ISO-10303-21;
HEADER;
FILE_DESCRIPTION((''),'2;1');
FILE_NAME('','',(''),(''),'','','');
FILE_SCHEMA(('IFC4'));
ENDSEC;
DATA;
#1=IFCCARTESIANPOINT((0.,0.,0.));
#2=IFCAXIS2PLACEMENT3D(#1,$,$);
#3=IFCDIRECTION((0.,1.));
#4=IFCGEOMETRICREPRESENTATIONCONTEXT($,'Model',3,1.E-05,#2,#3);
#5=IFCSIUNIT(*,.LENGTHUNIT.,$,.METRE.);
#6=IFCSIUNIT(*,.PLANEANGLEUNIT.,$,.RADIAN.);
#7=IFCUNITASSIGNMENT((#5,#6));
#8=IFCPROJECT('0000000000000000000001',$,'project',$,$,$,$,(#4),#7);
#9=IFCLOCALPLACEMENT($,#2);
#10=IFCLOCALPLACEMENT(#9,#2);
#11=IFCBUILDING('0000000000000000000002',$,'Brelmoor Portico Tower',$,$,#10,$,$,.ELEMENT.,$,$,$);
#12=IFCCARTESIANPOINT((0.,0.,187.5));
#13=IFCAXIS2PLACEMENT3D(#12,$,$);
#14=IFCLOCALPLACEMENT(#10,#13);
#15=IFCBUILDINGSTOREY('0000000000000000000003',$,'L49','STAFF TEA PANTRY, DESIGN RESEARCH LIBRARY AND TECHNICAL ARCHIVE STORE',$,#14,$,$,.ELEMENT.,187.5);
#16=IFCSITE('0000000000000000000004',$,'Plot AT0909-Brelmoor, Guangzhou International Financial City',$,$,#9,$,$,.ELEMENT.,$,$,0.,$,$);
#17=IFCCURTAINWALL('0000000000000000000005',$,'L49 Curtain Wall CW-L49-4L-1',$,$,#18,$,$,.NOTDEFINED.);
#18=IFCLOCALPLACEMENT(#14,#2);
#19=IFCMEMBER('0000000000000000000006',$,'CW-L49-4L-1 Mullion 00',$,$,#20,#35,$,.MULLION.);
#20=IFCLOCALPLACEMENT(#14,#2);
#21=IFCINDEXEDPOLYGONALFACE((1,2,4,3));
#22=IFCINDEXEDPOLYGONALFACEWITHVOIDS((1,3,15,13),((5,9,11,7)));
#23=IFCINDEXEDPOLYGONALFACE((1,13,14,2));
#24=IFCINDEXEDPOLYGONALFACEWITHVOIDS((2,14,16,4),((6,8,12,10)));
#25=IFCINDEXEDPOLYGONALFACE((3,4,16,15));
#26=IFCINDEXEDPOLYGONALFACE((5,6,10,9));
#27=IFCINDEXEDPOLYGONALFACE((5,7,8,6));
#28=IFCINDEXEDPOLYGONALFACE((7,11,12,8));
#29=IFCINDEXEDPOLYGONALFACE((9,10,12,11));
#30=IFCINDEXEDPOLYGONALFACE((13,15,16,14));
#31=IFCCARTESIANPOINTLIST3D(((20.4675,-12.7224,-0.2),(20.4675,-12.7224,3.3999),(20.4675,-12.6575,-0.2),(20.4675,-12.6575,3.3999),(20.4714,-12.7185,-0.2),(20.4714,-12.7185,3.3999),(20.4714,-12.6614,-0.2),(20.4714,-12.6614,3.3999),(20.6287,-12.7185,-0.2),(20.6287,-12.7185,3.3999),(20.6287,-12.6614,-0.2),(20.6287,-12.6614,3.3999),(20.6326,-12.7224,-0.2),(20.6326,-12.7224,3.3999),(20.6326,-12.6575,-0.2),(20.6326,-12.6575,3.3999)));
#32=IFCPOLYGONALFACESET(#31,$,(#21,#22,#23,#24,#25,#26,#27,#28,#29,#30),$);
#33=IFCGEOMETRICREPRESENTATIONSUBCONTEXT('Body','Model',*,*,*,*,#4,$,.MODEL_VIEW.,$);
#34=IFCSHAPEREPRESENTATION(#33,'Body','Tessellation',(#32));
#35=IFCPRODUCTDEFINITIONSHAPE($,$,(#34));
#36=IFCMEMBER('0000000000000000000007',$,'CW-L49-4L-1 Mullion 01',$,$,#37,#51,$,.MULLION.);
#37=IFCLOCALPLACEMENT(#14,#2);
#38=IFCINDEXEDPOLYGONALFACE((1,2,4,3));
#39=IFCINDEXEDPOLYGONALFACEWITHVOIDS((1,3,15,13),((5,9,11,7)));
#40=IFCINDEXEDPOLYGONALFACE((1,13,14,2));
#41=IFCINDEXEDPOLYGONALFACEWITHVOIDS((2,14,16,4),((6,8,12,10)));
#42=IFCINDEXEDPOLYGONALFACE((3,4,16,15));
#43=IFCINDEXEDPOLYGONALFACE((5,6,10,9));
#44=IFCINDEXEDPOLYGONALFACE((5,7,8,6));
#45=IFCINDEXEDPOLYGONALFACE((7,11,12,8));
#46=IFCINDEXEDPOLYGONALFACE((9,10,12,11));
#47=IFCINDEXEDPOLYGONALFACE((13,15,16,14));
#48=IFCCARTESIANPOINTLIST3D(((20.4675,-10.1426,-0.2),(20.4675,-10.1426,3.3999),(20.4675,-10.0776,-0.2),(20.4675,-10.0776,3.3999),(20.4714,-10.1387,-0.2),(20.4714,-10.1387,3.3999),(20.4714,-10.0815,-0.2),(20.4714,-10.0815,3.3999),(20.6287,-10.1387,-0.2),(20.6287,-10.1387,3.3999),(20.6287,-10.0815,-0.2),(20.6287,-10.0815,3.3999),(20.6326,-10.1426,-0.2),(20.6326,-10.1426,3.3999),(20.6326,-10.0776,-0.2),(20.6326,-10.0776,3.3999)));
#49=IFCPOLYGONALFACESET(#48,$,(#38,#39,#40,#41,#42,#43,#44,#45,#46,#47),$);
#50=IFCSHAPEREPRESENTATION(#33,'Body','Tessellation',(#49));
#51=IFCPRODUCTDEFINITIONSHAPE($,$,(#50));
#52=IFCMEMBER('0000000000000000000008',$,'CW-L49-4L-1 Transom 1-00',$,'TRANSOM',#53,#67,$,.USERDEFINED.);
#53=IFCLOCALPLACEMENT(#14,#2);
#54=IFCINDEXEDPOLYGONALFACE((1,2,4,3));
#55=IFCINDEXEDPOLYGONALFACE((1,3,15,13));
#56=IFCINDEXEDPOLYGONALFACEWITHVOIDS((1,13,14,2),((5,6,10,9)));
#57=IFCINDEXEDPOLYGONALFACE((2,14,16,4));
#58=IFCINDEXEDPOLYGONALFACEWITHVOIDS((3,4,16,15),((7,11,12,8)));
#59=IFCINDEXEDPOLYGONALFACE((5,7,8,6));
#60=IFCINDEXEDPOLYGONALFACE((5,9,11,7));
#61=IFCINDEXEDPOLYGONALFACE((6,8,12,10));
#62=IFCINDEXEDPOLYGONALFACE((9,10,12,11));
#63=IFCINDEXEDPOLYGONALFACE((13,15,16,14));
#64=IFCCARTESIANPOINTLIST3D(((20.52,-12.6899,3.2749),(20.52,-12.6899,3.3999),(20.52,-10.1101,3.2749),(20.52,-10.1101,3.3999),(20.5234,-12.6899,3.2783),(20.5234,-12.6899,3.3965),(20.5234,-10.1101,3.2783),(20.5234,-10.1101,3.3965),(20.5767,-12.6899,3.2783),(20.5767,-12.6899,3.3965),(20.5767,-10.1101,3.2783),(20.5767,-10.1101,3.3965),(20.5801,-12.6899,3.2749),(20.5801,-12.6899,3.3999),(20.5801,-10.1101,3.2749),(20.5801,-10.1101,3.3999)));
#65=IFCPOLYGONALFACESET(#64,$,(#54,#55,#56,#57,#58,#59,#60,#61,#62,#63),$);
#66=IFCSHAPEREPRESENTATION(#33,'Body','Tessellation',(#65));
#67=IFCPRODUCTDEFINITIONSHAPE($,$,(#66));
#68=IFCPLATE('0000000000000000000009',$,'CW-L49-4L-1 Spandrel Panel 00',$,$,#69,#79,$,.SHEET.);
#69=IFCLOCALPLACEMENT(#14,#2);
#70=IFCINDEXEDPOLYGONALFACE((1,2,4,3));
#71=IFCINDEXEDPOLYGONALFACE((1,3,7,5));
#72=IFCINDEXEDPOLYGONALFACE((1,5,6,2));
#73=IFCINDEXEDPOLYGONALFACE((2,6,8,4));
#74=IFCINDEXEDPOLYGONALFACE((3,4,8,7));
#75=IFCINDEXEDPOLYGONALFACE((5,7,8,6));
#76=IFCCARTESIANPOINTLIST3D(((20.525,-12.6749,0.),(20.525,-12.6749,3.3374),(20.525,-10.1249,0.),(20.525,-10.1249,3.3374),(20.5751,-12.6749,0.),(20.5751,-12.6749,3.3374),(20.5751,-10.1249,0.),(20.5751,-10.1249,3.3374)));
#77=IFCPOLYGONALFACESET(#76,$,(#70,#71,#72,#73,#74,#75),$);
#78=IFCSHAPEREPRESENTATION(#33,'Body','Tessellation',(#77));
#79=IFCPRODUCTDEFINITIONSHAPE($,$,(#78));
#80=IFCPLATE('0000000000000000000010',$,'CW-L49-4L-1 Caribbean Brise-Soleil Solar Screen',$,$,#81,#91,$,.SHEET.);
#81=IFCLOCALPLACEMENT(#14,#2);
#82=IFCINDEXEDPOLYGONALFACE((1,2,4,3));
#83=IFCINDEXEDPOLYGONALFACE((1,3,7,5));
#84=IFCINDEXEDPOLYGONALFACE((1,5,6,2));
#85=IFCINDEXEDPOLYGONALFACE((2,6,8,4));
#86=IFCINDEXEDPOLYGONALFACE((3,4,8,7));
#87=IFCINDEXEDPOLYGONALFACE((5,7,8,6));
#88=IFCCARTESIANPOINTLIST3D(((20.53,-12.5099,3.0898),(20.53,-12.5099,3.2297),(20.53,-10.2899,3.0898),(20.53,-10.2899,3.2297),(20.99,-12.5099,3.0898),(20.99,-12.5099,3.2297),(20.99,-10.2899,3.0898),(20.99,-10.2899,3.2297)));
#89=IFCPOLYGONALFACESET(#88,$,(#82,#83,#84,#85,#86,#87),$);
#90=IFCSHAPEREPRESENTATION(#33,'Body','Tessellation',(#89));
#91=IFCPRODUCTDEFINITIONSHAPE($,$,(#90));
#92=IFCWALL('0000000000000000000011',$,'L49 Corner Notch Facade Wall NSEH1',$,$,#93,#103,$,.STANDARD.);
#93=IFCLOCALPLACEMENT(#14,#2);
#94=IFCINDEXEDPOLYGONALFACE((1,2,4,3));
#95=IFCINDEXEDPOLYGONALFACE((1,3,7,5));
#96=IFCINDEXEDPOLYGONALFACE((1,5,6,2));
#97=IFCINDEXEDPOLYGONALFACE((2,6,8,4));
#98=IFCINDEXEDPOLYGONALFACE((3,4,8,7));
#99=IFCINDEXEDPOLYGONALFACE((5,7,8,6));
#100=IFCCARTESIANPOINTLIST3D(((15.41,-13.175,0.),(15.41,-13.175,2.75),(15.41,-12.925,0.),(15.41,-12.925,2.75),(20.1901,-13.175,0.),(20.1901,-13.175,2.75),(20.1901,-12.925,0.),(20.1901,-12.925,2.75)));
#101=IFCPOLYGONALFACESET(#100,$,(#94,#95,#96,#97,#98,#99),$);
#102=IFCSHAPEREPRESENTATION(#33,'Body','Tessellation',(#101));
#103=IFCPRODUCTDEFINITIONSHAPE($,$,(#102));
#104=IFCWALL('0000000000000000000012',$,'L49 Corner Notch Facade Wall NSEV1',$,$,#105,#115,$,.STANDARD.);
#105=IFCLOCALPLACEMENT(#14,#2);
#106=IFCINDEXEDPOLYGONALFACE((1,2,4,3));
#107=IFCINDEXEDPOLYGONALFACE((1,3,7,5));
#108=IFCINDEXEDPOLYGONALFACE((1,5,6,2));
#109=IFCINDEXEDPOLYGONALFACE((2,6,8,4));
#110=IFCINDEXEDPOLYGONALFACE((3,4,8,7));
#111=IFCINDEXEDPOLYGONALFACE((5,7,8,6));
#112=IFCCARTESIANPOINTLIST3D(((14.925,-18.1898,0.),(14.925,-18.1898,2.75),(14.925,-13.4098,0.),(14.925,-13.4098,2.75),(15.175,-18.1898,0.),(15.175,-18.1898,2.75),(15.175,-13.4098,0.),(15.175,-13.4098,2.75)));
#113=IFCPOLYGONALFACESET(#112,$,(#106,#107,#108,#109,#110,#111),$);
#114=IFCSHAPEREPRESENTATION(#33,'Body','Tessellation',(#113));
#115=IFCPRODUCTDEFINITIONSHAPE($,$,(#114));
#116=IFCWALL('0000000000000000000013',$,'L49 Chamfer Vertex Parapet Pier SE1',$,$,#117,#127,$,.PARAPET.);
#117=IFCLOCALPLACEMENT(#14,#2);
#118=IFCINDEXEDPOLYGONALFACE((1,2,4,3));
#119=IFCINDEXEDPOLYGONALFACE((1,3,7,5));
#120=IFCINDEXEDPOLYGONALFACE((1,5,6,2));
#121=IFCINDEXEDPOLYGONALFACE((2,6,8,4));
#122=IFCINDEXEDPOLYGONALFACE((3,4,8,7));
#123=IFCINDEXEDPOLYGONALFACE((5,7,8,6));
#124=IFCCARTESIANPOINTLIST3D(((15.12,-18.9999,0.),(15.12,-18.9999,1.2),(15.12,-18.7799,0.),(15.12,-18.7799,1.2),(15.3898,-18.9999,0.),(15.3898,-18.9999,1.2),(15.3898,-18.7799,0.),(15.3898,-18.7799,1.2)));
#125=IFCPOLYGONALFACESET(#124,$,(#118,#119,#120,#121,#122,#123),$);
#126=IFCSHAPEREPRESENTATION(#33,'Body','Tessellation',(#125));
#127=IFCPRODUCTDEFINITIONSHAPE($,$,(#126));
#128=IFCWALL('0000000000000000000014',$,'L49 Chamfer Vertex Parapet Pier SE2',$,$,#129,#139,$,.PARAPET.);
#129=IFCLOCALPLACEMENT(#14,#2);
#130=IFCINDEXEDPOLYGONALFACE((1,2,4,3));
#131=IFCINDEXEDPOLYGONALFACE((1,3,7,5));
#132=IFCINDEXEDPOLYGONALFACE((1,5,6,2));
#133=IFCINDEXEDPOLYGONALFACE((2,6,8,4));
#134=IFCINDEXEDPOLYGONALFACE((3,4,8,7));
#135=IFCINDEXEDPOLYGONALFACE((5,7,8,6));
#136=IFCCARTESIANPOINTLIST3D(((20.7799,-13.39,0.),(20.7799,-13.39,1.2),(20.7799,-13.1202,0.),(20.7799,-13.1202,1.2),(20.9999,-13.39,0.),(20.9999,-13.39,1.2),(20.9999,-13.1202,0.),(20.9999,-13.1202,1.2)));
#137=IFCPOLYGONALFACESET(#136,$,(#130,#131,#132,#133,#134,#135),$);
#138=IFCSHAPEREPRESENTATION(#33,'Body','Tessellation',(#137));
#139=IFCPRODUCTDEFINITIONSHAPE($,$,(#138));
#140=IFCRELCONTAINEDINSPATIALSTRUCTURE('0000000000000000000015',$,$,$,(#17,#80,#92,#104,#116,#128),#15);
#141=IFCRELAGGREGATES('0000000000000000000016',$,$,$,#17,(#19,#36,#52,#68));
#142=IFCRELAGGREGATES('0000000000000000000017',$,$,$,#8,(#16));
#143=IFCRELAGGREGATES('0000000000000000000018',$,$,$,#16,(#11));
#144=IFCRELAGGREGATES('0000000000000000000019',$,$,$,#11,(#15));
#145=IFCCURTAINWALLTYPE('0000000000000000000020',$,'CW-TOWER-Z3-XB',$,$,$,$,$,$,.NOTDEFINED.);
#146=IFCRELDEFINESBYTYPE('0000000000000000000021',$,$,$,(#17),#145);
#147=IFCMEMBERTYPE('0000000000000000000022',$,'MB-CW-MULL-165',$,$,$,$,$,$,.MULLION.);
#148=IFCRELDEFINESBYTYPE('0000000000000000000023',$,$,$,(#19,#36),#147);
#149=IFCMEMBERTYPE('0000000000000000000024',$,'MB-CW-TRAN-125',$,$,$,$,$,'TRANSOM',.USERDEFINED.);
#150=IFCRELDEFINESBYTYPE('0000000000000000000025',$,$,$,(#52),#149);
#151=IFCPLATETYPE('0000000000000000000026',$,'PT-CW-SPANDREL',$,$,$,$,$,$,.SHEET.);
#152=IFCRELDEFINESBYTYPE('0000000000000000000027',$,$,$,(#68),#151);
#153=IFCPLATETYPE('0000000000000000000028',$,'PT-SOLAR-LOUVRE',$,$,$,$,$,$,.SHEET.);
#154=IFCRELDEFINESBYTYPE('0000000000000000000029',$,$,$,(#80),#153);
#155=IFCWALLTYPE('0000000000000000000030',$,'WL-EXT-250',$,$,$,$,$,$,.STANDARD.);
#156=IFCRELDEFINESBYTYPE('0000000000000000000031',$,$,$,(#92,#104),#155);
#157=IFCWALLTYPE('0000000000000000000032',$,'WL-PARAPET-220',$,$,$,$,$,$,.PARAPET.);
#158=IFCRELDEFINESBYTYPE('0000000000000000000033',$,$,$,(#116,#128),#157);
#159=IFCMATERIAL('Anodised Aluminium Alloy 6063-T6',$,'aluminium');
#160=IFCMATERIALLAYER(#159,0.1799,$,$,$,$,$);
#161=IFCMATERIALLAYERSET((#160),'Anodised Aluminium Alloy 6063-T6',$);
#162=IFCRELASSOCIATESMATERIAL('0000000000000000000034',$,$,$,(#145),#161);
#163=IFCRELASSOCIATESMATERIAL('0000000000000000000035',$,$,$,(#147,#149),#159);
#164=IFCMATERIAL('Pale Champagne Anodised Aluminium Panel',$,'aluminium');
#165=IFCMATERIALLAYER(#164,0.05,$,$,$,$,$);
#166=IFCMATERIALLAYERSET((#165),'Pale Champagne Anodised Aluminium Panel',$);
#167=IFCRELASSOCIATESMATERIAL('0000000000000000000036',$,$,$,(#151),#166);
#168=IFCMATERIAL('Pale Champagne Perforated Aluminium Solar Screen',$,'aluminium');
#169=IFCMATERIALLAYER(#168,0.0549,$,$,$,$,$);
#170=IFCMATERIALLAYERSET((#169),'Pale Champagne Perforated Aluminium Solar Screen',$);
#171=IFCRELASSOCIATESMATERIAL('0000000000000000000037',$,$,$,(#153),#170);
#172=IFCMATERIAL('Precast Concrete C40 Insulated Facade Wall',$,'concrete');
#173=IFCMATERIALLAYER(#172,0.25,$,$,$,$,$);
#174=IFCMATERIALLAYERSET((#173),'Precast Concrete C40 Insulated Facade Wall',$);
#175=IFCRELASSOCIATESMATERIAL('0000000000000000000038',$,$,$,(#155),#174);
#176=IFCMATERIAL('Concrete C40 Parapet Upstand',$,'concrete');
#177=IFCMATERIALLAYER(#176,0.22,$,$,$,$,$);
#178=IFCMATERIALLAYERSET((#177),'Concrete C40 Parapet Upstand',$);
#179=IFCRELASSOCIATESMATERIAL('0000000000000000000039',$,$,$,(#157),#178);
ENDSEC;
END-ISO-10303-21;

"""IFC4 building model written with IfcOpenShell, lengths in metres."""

from ifc_helpers import new_model, si_unit, direction, frame, frame_2d, origin, origin_2d, place, context, subcontext, project, spatial, rectangle, hollow_rectangle, extrude, material, layer, layer_set, material_profile, profile_set, type_object, element, aggregate, save


model = new_model("IFC4")

# Units and contexts
model_context = context("Model", 3, precision=1e-05, world=origin(), true_north=direction((0.0, 1.0)))
body_context = subcontext(model_context, "Body", "Model", "MODEL_VIEW")
ifc_project = project(units=[si_unit("LENGTHUNIT", "METRE"), si_unit("PLANEANGLEUNIT", "RADIAN")], contexts=[model_context])

# Site, building, storey
site_placement = place(None, origin())
site = spatial("IfcSite", under=ifc_project, at=site_placement, Name="Plot AT0909-Brelmoor, Guangzhou International Financial City", CompositionType="ELEMENT", RefElevation=0.0)
building_placement = place(site_placement, origin())
building = spatial("IfcBuilding", under=site, at=building_placement, Name="Brelmoor Portico Tower", CompositionType="ELEMENT")
storey_placement = place(building_placement, frame((0.0, 0.0, 187.5)))
storey = spatial("IfcBuildingStorey", under=building, at=storey_placement, Name="L49", Description="STAFF TEA PANTRY, DESIGN RESEARCH LIBRARY AND TECHNICAL ARCHIVE STORE", CompositionType="ELEMENT", Elevation=187.5)

# Shared definitions
ifc_material_1 = material(Name="Anodised Aluminium Alloy 6063-T6", Category="aluminium")
ifc_layer_1 = layer(ifc_material_1, 0.1799)
ifc_layer_set_1 = layer_set([ifc_layer_1], Name="Anodised Aluminium Alloy 6063-T6")
curtain_wall_type = type_object("IfcCurtainWallType", Name="CW-TOWER-Z3-XB", PredefinedType="NOTDEFINED", material=ifc_layer_set_1)
ifc_material_profile_1 = material_profile(ifc_material_1, hollow_rectangle(XDim=0.0649, YDim=0.165, WallThickness=0.0039, at=origin_2d()), Name="ALU MULLION 65x165")
ifc_profile_set_1 = profile_set([ifc_material_profile_1], Name="Anodised Aluminium Alloy 6063-T6")
member_type_1 = type_object("IfcMemberType", Name="MB-CW-MULL-165", PredefinedType="MULLION", material=ifc_profile_set_1)

# Curtain wall, members, plate
curtain_wall_1_placement = place(storey_placement, origin())
curtain_wall_1 = element("IfcCurtainWall", 1, at=curtain_wall_1_placement, inside=storey, type_object=curtain_wall_type, Name="L49 Curtain Wall CW-L49-4L-1", PredefinedType="NOTDEFINED")
member_1_placement = place(storey_placement, frame((20.55, -12.6899, -0.2), z_axis=(0.0, 0.0, 1.0), x_axis=(0.0, 1.0, 0.0)))
member_1 = element("IfcMember", 2, at=member_1_placement, type_object=member_type_1, Name="CW-L49-4L-1 Mullion 00", PredefinedType="MULLION", context=body_context, shape_type="SweptSolid", body=[
    extrude(hollow_rectangle(XDim=0.0649, YDim=0.165, WallThickness=0.0039, at=origin_2d()), origin(), (0.0, 0.0, 1.0), 3.5999),
])
member_2_placement = place(storey_placement, frame((20.55, -10.1101, -0.2), z_axis=(0.0, 0.0, 1.0), x_axis=(0.0, 1.0, 0.0)))
member_2 = element("IfcMember", 3, at=member_2_placement, type_object=member_type_1, Name="CW-L49-4L-1 Mullion 01", PredefinedType="MULLION", context=body_context, shape_type="SweptSolid", body=[
    extrude(hollow_rectangle(XDim=0.0649, YDim=0.165, WallThickness=0.0039, at=origin_2d()), origin(), (0.0, 0.0, 1.0), 3.5999),
])
ifc_material_profile_2 = material_profile(ifc_material_1, hollow_rectangle(XDim=0.0601, YDim=0.125, WallThickness=0.0034, at=origin_2d()), Name="ALU TRANSOM 60x125")
ifc_profile_set_2 = profile_set([ifc_material_profile_2], Name="Anodised Aluminium Alloy 6063-T6")
member_type_2 = type_object("IfcMemberType", Name="MB-CW-TRAN-125", ElementType="TRANSOM", PredefinedType="USERDEFINED", material=ifc_profile_set_2)
member_3_placement = place(storey_placement, frame((20.55, -12.6899, 3.3374), z_axis=(0.0, 1.0, 0.0), x_axis=(-1.0, 0.0, 0.0)))
member_3 = element("IfcMember", 4, at=member_3_placement, type_object=member_type_2, Name="CW-L49-4L-1 Transom 1-00", ObjectType="TRANSOM", PredefinedType="USERDEFINED", context=body_context, shape_type="SweptSolid", body=[
    extrude(hollow_rectangle(XDim=0.0601, YDim=0.125, WallThickness=0.0034, at=origin_2d()), origin(), (0.0, 0.0, 1.0), 2.5798),
])
ifc_material_2 = material(Name="Pale Champagne Anodised Aluminium Panel", Category="aluminium")
ifc_layer_2 = layer(ifc_material_2, 0.05)
ifc_layer_set_2 = layer_set([ifc_layer_2], Name="Pale Champagne Anodised Aluminium Panel")
plate_type_1 = type_object("IfcPlateType", Name="PT-CW-SPANDREL", PredefinedType="SHEET", material=ifc_layer_set_2)
plate_1_placement = place(storey_placement, frame((20.55, -11.3999, 0.0), z_axis=(0.0, 0.0, 1.0), x_axis=(0.0, 1.0, 0.0)))
plate_1 = element("IfcPlate", 5, at=plate_1_placement, type_object=plate_type_1, Name="CW-L49-4L-1 Spandrel Panel 00", PredefinedType="SHEET", context=body_context, shape_type="SweptSolid", body=[
    extrude(rectangle(XDim=2.55, YDim=0.05, at=origin_2d()), origin(), (0.0, 0.0, 1.0), 3.3374),
])
aggregate(curtain_wall_1, [member_1, member_2, member_3, plate_1])

# Plate
ifc_material_3 = material(Name="Pale Champagne Perforated Aluminium Solar Screen", Category="aluminium")
ifc_layer_3 = layer(ifc_material_3, 0.0549)
ifc_layer_set_3 = layer_set([ifc_layer_3], Name="Pale Champagne Perforated Aluminium Solar Screen")
plate_type_2 = type_object("IfcPlateType", Name="PT-SOLAR-LOUVRE", PredefinedType="SHEET", material=ifc_layer_set_3)
plate_2_placement = place(storey_placement, frame((20.76, -11.3999, 3.0898), z_axis=(0.0, 0.0, 1.0), x_axis=(0.0, 1.0, 0.0)))
element("IfcPlate", 6, at=plate_2_placement, inside=storey, type_object=plate_type_2, Name="CW-L49-4L-1 Caribbean Brise-Soleil Solar Screen", PredefinedType="SHEET", context=body_context, shape_type="SweptSolid", body=[
    extrude(rectangle(XDim=2.22, YDim=0.46, at=origin_2d()), origin(), (0.0, 0.0, 1.0), 0.1399),
])

# Walls
ifc_material_4 = material(Name="Precast Concrete C40 Insulated Facade Wall", Category="concrete")
ifc_layer_4 = layer(ifc_material_4, 0.25)
ifc_layer_set_4 = layer_set([ifc_layer_4], Name="Precast Concrete C40 Insulated Facade Wall")
wall_type_1 = type_object("IfcWallType", Name="WL-EXT-250", PredefinedType="STANDARD", material=ifc_layer_set_4)
for number, where, z_axis, x_axis, name in (
    (7, (15.4099, -13.05, 0.0), (0.0, 0.0, 1.0), (1.0, 0.0, 0.0), "L49 Corner Notch Facade Wall NSEH1"),
    (8, (15.05, -18.1899, 0.0), (0.0, 0.0, 1.0), (0.0, 1.0, 0.0), "L49 Corner Notch Facade Wall NSEV1"),
):
    element("IfcWall", number, at=place(storey_placement, frame(where, z_axis=z_axis, x_axis=x_axis)), inside=storey, type_object=wall_type_1, Name=name, PredefinedType="STANDARD", context=body_context, shape_type="SweptSolid", body=[
        extrude(rectangle(XDim=4.78, YDim=0.25, at=frame_2d((2.3901, 0.0))), origin(), (0.0, 0.0, 1.0), 2.75),
    ])
ifc_material_5 = material(Name="Concrete C40 Parapet Upstand", Category="concrete")
ifc_layer_5 = layer(ifc_material_5, 0.22)
ifc_layer_set_5 = layer_set([ifc_layer_5], Name="Concrete C40 Parapet Upstand")
wall_type_2 = type_object("IfcWallType", Name="WL-PARAPET-220", PredefinedType="PARAPET", material=ifc_layer_set_5)
for number, where, z_axis, x_axis, name in (
    (9, (15.1201, -18.8899, 0.0), (0.0, 0.0, 1.0), (1.0, 0.0, 0.0), "L49 Chamfer Vertex Parapet Pier SE1"),
    (10, (20.8899, -13.3899, 0.0), (0.0, 0.0, 1.0), (0.0, 1.0, 0.0), "L49 Chamfer Vertex Parapet Pier SE2"),
):
    element("IfcWall", number, at=place(storey_placement, frame(where, z_axis=z_axis, x_axis=x_axis)), inside=storey, type_object=wall_type_2, Name=name, PredefinedType="PARAPET", context=body_context, shape_type="SweptSolid", body=[
        extrude(rectangle(XDim=0.2698, YDim=0.22, at=frame_2d((0.1348, 0.0))), origin(), (0.0, 0.0, 1.0), 1.2),
    ])

save(model, "model.ifc")
